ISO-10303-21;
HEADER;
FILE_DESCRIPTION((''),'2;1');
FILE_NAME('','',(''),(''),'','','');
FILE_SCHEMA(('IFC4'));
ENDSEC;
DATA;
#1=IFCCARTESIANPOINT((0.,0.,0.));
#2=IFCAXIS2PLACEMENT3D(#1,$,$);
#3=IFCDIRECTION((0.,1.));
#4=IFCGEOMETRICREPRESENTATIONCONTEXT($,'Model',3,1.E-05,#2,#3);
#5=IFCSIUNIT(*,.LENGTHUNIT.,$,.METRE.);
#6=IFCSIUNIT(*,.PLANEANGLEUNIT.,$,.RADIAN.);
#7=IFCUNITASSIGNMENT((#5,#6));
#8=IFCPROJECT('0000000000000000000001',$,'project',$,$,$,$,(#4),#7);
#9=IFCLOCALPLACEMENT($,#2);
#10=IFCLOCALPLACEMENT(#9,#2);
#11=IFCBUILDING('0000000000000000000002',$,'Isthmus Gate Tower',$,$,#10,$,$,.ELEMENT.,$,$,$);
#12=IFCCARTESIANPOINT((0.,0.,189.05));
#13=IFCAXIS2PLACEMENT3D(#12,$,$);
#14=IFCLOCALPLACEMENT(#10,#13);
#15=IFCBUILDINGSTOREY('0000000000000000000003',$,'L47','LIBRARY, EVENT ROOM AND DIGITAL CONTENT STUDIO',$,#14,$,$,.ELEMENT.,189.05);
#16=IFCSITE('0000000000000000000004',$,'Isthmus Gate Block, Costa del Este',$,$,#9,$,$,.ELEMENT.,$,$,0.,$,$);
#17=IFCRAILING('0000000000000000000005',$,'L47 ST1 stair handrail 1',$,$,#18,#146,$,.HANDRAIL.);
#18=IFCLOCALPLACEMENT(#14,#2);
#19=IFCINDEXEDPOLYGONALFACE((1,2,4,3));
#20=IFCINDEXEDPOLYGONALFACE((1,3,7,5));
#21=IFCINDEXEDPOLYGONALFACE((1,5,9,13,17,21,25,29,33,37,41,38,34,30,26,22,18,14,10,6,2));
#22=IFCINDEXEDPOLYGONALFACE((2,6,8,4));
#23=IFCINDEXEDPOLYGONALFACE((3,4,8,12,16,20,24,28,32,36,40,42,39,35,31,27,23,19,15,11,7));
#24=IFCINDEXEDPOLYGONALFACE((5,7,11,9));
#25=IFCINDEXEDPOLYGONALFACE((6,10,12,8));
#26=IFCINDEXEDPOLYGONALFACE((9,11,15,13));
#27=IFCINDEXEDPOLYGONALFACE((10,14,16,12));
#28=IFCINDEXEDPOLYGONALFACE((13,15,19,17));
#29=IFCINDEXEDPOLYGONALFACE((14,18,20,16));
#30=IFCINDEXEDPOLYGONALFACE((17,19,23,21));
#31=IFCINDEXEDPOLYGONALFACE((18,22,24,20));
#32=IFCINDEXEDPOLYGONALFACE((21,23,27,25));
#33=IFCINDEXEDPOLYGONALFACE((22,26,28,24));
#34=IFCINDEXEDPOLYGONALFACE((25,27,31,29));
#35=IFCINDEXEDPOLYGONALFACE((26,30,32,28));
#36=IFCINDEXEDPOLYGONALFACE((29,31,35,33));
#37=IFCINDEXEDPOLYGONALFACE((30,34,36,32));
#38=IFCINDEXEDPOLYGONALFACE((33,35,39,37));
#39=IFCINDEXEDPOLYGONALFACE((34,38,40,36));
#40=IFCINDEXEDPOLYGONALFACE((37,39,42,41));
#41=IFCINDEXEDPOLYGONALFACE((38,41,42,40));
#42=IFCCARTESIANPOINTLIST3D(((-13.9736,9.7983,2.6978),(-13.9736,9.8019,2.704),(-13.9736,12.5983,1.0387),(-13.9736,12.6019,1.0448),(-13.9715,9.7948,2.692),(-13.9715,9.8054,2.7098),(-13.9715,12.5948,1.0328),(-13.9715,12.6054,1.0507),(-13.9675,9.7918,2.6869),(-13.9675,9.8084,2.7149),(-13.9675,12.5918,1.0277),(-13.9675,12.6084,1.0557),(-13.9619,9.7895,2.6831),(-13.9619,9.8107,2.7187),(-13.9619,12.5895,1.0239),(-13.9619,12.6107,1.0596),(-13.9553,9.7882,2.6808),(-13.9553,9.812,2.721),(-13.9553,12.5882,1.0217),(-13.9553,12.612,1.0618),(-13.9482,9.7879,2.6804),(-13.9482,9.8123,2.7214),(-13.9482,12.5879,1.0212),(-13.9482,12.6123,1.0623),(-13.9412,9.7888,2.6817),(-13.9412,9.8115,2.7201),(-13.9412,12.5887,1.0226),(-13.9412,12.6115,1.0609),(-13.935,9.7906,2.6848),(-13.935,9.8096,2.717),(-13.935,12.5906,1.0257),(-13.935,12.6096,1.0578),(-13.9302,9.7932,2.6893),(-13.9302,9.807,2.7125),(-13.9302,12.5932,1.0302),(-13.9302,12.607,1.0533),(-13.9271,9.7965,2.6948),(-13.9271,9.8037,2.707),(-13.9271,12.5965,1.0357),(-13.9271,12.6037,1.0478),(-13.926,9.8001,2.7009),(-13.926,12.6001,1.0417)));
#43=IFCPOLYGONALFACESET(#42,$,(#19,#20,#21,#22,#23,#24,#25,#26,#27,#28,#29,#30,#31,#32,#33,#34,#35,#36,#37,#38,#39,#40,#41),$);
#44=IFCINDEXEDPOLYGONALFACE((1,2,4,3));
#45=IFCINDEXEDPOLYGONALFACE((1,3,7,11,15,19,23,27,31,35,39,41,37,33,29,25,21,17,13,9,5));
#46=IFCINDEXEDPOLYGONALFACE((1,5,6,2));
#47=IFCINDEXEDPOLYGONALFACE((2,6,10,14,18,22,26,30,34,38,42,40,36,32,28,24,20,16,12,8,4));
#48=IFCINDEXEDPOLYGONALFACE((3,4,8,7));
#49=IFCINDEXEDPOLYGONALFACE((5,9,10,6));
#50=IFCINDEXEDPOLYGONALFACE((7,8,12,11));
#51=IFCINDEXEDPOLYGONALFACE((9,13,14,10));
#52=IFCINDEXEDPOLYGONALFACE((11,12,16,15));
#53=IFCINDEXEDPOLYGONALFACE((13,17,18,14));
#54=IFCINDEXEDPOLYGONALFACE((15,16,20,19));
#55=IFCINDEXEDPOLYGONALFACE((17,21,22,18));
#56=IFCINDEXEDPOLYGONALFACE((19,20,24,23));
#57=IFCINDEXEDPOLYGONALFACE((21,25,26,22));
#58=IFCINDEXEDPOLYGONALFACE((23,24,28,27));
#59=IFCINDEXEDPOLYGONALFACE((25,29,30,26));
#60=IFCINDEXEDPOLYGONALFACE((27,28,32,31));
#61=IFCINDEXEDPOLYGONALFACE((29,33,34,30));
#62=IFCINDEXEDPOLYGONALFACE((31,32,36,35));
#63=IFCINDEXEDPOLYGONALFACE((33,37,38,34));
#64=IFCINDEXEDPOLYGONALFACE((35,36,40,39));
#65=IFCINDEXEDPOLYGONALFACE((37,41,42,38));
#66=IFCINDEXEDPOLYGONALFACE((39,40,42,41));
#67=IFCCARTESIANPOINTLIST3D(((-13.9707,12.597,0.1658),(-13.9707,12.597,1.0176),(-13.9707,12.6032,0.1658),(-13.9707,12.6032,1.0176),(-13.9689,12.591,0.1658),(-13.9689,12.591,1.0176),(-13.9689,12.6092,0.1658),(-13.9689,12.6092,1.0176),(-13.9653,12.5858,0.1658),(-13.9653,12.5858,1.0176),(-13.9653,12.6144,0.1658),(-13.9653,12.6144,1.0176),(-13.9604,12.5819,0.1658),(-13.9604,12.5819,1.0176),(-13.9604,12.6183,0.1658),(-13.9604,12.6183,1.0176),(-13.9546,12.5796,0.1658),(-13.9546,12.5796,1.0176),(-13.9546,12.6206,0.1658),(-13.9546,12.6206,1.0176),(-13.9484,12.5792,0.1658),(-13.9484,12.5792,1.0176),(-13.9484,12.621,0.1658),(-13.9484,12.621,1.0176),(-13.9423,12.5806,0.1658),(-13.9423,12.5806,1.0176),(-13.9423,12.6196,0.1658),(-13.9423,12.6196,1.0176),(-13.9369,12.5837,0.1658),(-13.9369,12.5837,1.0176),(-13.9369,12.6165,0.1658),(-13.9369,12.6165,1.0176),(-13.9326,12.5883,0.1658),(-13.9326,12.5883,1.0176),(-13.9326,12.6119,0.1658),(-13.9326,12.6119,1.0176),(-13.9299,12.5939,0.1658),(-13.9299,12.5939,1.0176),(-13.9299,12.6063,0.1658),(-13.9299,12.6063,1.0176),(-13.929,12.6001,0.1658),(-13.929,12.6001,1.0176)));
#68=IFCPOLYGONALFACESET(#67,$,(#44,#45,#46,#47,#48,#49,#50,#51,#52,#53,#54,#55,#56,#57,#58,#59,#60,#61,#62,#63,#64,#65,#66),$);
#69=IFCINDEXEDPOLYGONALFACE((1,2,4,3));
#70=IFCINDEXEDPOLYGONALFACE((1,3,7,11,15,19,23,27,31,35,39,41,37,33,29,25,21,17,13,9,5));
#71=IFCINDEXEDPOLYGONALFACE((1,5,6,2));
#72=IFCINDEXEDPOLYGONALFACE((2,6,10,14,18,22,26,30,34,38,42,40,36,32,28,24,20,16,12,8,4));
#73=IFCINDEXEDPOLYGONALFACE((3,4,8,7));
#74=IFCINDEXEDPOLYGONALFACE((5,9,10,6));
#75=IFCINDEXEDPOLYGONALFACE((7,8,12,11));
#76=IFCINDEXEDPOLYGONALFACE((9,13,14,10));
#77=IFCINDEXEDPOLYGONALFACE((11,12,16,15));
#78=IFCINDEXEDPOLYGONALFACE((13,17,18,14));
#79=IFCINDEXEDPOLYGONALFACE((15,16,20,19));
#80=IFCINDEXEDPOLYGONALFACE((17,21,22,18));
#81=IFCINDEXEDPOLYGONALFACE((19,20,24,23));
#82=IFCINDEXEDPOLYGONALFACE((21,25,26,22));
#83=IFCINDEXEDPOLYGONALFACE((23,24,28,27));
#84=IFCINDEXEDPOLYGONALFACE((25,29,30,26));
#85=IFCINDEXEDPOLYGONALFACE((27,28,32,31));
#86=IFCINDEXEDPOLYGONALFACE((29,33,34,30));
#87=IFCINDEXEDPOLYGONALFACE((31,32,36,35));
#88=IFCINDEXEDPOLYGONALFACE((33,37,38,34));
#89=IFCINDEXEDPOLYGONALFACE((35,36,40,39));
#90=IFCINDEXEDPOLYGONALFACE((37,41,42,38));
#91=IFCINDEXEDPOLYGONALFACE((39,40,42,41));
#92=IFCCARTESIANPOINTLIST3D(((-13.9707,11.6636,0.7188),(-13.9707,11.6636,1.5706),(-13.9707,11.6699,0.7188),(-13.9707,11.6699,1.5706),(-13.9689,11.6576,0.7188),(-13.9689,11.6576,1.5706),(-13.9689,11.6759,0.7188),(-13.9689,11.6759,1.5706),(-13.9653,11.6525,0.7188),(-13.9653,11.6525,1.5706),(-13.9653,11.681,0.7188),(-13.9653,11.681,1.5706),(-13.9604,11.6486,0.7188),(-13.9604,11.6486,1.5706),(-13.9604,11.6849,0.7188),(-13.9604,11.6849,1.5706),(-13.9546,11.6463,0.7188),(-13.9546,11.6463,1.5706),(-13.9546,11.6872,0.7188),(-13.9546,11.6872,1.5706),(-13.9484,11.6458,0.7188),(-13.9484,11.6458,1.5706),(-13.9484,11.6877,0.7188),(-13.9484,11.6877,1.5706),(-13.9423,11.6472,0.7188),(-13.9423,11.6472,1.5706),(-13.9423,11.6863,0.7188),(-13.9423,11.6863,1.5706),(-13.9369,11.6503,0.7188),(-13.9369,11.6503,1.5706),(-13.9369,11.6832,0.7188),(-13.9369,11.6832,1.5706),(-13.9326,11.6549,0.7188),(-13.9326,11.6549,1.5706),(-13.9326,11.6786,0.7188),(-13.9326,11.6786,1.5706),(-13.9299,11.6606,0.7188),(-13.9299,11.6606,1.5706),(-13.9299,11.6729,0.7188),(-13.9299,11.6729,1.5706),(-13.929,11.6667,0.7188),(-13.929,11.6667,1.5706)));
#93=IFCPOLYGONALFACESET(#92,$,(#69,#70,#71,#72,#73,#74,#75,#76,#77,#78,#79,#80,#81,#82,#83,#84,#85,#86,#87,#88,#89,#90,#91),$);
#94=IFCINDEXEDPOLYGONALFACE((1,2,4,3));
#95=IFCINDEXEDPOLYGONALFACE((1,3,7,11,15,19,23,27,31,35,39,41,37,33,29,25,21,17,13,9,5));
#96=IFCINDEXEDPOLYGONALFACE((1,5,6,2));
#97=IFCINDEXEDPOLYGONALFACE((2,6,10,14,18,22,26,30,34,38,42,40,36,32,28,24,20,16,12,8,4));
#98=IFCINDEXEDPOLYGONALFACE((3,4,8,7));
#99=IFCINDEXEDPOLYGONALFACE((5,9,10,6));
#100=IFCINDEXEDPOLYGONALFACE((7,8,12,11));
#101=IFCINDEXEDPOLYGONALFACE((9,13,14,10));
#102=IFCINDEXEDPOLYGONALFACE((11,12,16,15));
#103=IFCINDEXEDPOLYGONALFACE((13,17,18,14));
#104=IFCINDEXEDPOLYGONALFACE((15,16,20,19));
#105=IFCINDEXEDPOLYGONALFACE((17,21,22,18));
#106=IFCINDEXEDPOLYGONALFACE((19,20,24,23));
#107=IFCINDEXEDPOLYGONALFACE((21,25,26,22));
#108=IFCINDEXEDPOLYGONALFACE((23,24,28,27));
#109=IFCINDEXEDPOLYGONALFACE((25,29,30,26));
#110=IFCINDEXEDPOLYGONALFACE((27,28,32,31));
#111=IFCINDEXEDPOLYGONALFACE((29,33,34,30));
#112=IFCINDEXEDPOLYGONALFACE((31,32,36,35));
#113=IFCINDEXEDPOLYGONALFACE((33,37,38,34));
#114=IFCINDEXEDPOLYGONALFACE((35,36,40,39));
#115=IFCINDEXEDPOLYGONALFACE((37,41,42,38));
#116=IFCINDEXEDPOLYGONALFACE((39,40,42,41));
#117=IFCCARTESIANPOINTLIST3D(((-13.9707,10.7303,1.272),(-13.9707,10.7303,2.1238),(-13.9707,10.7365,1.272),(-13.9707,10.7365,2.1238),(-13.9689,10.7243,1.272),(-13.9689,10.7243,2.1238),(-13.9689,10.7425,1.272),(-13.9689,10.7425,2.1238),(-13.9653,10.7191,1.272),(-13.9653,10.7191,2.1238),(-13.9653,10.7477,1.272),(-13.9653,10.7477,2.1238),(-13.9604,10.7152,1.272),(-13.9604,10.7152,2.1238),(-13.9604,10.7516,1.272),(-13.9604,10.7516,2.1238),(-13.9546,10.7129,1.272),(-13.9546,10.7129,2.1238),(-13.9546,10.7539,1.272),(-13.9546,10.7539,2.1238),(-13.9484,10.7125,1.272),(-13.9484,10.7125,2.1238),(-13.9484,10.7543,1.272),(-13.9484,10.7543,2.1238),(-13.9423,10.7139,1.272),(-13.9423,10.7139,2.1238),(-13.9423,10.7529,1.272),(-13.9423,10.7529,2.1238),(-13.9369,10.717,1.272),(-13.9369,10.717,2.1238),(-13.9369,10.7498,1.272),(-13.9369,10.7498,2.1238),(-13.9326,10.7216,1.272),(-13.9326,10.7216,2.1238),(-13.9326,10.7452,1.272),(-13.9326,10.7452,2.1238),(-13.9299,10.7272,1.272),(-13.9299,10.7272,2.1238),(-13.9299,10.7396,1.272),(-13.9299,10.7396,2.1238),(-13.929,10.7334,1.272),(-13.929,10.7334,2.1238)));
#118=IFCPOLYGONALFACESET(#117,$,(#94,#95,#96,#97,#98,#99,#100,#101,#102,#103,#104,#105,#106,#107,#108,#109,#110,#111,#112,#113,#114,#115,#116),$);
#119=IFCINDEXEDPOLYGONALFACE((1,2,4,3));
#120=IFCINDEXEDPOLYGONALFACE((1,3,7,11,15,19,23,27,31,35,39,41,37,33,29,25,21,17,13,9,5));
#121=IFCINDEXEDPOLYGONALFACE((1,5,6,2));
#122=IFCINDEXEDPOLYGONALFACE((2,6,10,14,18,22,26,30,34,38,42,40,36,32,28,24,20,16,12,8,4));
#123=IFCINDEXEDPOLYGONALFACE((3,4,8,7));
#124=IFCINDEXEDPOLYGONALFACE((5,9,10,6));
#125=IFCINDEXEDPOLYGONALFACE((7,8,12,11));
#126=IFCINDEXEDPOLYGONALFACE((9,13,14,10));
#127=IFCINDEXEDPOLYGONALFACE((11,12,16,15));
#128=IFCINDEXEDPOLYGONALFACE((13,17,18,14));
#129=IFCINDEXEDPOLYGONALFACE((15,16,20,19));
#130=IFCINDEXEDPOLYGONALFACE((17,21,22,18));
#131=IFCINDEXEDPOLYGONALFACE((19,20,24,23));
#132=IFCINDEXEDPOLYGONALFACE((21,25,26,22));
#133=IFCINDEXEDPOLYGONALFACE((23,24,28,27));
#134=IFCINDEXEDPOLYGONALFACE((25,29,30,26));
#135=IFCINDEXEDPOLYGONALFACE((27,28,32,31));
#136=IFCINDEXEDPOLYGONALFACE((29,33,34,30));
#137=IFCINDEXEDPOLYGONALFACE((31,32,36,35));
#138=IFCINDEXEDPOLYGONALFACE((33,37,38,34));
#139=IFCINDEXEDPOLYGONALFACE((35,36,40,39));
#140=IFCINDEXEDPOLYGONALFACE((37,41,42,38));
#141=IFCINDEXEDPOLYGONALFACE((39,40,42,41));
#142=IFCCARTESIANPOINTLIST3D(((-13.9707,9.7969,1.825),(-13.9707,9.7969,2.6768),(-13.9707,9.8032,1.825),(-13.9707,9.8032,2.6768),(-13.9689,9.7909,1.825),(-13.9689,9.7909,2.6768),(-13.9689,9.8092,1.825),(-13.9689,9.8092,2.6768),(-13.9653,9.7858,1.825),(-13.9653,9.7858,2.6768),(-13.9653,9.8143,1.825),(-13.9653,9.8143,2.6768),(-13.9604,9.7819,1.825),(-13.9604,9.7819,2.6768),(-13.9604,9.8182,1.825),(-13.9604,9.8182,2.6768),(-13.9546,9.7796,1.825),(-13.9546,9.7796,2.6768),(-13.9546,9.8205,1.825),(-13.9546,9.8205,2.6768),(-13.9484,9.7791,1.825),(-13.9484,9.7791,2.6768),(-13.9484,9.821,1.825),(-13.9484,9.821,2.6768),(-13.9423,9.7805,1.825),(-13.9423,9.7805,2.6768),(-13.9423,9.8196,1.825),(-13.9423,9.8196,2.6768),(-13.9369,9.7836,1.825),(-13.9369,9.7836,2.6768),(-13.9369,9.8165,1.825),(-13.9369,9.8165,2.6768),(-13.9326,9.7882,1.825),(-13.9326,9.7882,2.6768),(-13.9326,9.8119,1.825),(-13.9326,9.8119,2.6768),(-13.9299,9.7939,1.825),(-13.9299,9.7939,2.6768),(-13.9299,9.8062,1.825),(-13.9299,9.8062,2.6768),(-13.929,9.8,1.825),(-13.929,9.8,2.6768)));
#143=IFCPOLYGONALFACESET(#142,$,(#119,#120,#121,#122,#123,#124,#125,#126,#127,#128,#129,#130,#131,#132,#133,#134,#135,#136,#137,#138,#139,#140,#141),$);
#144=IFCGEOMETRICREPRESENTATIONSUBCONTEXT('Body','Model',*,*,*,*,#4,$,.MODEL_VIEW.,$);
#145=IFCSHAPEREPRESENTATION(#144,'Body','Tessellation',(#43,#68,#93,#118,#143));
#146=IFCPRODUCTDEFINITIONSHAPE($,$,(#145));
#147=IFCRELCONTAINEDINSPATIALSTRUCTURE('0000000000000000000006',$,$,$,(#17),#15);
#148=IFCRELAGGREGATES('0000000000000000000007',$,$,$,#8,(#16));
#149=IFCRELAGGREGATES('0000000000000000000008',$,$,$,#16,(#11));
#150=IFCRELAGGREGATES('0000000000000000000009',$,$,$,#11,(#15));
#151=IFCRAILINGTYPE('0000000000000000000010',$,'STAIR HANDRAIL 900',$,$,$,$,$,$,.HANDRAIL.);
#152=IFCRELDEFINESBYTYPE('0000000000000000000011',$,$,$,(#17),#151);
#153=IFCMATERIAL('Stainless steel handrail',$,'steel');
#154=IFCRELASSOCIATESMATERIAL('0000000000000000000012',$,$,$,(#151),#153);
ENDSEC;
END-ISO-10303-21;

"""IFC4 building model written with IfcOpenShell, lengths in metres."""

from ifc_helpers import new_model, si_unit, direction, frame, origin, origin_2d, place, context, subcontext, project, spatial, circle, extrude, material, type_object, element, save


model = new_model("IFC4")

# Units and contexts
model_context = context("Model", 3, precision=1e-05, world=origin(), true_north=direction((0.0, 1.0)))
body_context = subcontext(model_context, "Body", "Model", "MODEL_VIEW")
ifc_project = project(units=[si_unit("LENGTHUNIT", "METRE"), si_unit("PLANEANGLEUNIT", "RADIAN")], contexts=[model_context])

# Site, building, storey
site_placement = place(None, origin())
site = spatial("IfcSite", under=ifc_project, at=site_placement, Name="Isthmus Gate Block, Costa del Este", CompositionType="ELEMENT", RefElevation=0.0)
building_placement = place(site_placement, origin())
building = spatial("IfcBuilding", under=site, at=building_placement, Name="Isthmus Gate Tower", CompositionType="ELEMENT")
storey_placement = place(building_placement, frame((0.0, 0.0, 189.05)))
storey = spatial("IfcBuildingStorey", under=building, at=storey_placement, Name="L47", Description="LIBRARY, EVENT ROOM AND DIGITAL CONTENT STUDIO", CompositionType="ELEMENT", Elevation=189.05)

# Railing
ifc_material_1 = material(Name="Stainless steel handrail", Category="steel")
railing_type_1 = type_object("IfcRailingType", Name="STAIR HANDRAIL 900", PredefinedType="HANDRAIL", material=ifc_material_1)
railing_1_placement = place(storey_placement, frame((-13.95, 12.6001, 0.1658)))
element("IfcRailing", 1, at=railing_1_placement, inside=storey, type_object=railing_type_1, Name="L47 ST1 stair handrail 1", PredefinedType="HANDRAIL", context=body_context, shape_type="SweptSolid", body=[
    extrude(circle(Radius=0.0239, at=origin_2d()), frame((0.0, 0.0, 0.876), z_axis=(0.0, -0.860306, 0.509778), x_axis=(1.0, 0.0, 0.0)), (0.0, 0.0, 1.0), 3.2546),
    extrude(circle(Radius=0.021, at=origin_2d()), origin(), (0.0, 0.0, 1.0), 0.8518),
    extrude(circle(Radius=0.021, at=origin_2d()), frame((0.0, -0.9333, 0.553)), (0.0, 0.0, 1.0), 0.8518),
    extrude(circle(Radius=0.021, at=origin_2d()), frame((0.0, -1.8667, 1.1062)), (0.0, 0.0, 1.0), 0.8518),
    extrude(circle(Radius=0.021, at=origin_2d()), frame((0.0, -2.8, 1.6592)), (0.0, 0.0, 1.0), 0.8518),
])

save(model, "model.ifc")
